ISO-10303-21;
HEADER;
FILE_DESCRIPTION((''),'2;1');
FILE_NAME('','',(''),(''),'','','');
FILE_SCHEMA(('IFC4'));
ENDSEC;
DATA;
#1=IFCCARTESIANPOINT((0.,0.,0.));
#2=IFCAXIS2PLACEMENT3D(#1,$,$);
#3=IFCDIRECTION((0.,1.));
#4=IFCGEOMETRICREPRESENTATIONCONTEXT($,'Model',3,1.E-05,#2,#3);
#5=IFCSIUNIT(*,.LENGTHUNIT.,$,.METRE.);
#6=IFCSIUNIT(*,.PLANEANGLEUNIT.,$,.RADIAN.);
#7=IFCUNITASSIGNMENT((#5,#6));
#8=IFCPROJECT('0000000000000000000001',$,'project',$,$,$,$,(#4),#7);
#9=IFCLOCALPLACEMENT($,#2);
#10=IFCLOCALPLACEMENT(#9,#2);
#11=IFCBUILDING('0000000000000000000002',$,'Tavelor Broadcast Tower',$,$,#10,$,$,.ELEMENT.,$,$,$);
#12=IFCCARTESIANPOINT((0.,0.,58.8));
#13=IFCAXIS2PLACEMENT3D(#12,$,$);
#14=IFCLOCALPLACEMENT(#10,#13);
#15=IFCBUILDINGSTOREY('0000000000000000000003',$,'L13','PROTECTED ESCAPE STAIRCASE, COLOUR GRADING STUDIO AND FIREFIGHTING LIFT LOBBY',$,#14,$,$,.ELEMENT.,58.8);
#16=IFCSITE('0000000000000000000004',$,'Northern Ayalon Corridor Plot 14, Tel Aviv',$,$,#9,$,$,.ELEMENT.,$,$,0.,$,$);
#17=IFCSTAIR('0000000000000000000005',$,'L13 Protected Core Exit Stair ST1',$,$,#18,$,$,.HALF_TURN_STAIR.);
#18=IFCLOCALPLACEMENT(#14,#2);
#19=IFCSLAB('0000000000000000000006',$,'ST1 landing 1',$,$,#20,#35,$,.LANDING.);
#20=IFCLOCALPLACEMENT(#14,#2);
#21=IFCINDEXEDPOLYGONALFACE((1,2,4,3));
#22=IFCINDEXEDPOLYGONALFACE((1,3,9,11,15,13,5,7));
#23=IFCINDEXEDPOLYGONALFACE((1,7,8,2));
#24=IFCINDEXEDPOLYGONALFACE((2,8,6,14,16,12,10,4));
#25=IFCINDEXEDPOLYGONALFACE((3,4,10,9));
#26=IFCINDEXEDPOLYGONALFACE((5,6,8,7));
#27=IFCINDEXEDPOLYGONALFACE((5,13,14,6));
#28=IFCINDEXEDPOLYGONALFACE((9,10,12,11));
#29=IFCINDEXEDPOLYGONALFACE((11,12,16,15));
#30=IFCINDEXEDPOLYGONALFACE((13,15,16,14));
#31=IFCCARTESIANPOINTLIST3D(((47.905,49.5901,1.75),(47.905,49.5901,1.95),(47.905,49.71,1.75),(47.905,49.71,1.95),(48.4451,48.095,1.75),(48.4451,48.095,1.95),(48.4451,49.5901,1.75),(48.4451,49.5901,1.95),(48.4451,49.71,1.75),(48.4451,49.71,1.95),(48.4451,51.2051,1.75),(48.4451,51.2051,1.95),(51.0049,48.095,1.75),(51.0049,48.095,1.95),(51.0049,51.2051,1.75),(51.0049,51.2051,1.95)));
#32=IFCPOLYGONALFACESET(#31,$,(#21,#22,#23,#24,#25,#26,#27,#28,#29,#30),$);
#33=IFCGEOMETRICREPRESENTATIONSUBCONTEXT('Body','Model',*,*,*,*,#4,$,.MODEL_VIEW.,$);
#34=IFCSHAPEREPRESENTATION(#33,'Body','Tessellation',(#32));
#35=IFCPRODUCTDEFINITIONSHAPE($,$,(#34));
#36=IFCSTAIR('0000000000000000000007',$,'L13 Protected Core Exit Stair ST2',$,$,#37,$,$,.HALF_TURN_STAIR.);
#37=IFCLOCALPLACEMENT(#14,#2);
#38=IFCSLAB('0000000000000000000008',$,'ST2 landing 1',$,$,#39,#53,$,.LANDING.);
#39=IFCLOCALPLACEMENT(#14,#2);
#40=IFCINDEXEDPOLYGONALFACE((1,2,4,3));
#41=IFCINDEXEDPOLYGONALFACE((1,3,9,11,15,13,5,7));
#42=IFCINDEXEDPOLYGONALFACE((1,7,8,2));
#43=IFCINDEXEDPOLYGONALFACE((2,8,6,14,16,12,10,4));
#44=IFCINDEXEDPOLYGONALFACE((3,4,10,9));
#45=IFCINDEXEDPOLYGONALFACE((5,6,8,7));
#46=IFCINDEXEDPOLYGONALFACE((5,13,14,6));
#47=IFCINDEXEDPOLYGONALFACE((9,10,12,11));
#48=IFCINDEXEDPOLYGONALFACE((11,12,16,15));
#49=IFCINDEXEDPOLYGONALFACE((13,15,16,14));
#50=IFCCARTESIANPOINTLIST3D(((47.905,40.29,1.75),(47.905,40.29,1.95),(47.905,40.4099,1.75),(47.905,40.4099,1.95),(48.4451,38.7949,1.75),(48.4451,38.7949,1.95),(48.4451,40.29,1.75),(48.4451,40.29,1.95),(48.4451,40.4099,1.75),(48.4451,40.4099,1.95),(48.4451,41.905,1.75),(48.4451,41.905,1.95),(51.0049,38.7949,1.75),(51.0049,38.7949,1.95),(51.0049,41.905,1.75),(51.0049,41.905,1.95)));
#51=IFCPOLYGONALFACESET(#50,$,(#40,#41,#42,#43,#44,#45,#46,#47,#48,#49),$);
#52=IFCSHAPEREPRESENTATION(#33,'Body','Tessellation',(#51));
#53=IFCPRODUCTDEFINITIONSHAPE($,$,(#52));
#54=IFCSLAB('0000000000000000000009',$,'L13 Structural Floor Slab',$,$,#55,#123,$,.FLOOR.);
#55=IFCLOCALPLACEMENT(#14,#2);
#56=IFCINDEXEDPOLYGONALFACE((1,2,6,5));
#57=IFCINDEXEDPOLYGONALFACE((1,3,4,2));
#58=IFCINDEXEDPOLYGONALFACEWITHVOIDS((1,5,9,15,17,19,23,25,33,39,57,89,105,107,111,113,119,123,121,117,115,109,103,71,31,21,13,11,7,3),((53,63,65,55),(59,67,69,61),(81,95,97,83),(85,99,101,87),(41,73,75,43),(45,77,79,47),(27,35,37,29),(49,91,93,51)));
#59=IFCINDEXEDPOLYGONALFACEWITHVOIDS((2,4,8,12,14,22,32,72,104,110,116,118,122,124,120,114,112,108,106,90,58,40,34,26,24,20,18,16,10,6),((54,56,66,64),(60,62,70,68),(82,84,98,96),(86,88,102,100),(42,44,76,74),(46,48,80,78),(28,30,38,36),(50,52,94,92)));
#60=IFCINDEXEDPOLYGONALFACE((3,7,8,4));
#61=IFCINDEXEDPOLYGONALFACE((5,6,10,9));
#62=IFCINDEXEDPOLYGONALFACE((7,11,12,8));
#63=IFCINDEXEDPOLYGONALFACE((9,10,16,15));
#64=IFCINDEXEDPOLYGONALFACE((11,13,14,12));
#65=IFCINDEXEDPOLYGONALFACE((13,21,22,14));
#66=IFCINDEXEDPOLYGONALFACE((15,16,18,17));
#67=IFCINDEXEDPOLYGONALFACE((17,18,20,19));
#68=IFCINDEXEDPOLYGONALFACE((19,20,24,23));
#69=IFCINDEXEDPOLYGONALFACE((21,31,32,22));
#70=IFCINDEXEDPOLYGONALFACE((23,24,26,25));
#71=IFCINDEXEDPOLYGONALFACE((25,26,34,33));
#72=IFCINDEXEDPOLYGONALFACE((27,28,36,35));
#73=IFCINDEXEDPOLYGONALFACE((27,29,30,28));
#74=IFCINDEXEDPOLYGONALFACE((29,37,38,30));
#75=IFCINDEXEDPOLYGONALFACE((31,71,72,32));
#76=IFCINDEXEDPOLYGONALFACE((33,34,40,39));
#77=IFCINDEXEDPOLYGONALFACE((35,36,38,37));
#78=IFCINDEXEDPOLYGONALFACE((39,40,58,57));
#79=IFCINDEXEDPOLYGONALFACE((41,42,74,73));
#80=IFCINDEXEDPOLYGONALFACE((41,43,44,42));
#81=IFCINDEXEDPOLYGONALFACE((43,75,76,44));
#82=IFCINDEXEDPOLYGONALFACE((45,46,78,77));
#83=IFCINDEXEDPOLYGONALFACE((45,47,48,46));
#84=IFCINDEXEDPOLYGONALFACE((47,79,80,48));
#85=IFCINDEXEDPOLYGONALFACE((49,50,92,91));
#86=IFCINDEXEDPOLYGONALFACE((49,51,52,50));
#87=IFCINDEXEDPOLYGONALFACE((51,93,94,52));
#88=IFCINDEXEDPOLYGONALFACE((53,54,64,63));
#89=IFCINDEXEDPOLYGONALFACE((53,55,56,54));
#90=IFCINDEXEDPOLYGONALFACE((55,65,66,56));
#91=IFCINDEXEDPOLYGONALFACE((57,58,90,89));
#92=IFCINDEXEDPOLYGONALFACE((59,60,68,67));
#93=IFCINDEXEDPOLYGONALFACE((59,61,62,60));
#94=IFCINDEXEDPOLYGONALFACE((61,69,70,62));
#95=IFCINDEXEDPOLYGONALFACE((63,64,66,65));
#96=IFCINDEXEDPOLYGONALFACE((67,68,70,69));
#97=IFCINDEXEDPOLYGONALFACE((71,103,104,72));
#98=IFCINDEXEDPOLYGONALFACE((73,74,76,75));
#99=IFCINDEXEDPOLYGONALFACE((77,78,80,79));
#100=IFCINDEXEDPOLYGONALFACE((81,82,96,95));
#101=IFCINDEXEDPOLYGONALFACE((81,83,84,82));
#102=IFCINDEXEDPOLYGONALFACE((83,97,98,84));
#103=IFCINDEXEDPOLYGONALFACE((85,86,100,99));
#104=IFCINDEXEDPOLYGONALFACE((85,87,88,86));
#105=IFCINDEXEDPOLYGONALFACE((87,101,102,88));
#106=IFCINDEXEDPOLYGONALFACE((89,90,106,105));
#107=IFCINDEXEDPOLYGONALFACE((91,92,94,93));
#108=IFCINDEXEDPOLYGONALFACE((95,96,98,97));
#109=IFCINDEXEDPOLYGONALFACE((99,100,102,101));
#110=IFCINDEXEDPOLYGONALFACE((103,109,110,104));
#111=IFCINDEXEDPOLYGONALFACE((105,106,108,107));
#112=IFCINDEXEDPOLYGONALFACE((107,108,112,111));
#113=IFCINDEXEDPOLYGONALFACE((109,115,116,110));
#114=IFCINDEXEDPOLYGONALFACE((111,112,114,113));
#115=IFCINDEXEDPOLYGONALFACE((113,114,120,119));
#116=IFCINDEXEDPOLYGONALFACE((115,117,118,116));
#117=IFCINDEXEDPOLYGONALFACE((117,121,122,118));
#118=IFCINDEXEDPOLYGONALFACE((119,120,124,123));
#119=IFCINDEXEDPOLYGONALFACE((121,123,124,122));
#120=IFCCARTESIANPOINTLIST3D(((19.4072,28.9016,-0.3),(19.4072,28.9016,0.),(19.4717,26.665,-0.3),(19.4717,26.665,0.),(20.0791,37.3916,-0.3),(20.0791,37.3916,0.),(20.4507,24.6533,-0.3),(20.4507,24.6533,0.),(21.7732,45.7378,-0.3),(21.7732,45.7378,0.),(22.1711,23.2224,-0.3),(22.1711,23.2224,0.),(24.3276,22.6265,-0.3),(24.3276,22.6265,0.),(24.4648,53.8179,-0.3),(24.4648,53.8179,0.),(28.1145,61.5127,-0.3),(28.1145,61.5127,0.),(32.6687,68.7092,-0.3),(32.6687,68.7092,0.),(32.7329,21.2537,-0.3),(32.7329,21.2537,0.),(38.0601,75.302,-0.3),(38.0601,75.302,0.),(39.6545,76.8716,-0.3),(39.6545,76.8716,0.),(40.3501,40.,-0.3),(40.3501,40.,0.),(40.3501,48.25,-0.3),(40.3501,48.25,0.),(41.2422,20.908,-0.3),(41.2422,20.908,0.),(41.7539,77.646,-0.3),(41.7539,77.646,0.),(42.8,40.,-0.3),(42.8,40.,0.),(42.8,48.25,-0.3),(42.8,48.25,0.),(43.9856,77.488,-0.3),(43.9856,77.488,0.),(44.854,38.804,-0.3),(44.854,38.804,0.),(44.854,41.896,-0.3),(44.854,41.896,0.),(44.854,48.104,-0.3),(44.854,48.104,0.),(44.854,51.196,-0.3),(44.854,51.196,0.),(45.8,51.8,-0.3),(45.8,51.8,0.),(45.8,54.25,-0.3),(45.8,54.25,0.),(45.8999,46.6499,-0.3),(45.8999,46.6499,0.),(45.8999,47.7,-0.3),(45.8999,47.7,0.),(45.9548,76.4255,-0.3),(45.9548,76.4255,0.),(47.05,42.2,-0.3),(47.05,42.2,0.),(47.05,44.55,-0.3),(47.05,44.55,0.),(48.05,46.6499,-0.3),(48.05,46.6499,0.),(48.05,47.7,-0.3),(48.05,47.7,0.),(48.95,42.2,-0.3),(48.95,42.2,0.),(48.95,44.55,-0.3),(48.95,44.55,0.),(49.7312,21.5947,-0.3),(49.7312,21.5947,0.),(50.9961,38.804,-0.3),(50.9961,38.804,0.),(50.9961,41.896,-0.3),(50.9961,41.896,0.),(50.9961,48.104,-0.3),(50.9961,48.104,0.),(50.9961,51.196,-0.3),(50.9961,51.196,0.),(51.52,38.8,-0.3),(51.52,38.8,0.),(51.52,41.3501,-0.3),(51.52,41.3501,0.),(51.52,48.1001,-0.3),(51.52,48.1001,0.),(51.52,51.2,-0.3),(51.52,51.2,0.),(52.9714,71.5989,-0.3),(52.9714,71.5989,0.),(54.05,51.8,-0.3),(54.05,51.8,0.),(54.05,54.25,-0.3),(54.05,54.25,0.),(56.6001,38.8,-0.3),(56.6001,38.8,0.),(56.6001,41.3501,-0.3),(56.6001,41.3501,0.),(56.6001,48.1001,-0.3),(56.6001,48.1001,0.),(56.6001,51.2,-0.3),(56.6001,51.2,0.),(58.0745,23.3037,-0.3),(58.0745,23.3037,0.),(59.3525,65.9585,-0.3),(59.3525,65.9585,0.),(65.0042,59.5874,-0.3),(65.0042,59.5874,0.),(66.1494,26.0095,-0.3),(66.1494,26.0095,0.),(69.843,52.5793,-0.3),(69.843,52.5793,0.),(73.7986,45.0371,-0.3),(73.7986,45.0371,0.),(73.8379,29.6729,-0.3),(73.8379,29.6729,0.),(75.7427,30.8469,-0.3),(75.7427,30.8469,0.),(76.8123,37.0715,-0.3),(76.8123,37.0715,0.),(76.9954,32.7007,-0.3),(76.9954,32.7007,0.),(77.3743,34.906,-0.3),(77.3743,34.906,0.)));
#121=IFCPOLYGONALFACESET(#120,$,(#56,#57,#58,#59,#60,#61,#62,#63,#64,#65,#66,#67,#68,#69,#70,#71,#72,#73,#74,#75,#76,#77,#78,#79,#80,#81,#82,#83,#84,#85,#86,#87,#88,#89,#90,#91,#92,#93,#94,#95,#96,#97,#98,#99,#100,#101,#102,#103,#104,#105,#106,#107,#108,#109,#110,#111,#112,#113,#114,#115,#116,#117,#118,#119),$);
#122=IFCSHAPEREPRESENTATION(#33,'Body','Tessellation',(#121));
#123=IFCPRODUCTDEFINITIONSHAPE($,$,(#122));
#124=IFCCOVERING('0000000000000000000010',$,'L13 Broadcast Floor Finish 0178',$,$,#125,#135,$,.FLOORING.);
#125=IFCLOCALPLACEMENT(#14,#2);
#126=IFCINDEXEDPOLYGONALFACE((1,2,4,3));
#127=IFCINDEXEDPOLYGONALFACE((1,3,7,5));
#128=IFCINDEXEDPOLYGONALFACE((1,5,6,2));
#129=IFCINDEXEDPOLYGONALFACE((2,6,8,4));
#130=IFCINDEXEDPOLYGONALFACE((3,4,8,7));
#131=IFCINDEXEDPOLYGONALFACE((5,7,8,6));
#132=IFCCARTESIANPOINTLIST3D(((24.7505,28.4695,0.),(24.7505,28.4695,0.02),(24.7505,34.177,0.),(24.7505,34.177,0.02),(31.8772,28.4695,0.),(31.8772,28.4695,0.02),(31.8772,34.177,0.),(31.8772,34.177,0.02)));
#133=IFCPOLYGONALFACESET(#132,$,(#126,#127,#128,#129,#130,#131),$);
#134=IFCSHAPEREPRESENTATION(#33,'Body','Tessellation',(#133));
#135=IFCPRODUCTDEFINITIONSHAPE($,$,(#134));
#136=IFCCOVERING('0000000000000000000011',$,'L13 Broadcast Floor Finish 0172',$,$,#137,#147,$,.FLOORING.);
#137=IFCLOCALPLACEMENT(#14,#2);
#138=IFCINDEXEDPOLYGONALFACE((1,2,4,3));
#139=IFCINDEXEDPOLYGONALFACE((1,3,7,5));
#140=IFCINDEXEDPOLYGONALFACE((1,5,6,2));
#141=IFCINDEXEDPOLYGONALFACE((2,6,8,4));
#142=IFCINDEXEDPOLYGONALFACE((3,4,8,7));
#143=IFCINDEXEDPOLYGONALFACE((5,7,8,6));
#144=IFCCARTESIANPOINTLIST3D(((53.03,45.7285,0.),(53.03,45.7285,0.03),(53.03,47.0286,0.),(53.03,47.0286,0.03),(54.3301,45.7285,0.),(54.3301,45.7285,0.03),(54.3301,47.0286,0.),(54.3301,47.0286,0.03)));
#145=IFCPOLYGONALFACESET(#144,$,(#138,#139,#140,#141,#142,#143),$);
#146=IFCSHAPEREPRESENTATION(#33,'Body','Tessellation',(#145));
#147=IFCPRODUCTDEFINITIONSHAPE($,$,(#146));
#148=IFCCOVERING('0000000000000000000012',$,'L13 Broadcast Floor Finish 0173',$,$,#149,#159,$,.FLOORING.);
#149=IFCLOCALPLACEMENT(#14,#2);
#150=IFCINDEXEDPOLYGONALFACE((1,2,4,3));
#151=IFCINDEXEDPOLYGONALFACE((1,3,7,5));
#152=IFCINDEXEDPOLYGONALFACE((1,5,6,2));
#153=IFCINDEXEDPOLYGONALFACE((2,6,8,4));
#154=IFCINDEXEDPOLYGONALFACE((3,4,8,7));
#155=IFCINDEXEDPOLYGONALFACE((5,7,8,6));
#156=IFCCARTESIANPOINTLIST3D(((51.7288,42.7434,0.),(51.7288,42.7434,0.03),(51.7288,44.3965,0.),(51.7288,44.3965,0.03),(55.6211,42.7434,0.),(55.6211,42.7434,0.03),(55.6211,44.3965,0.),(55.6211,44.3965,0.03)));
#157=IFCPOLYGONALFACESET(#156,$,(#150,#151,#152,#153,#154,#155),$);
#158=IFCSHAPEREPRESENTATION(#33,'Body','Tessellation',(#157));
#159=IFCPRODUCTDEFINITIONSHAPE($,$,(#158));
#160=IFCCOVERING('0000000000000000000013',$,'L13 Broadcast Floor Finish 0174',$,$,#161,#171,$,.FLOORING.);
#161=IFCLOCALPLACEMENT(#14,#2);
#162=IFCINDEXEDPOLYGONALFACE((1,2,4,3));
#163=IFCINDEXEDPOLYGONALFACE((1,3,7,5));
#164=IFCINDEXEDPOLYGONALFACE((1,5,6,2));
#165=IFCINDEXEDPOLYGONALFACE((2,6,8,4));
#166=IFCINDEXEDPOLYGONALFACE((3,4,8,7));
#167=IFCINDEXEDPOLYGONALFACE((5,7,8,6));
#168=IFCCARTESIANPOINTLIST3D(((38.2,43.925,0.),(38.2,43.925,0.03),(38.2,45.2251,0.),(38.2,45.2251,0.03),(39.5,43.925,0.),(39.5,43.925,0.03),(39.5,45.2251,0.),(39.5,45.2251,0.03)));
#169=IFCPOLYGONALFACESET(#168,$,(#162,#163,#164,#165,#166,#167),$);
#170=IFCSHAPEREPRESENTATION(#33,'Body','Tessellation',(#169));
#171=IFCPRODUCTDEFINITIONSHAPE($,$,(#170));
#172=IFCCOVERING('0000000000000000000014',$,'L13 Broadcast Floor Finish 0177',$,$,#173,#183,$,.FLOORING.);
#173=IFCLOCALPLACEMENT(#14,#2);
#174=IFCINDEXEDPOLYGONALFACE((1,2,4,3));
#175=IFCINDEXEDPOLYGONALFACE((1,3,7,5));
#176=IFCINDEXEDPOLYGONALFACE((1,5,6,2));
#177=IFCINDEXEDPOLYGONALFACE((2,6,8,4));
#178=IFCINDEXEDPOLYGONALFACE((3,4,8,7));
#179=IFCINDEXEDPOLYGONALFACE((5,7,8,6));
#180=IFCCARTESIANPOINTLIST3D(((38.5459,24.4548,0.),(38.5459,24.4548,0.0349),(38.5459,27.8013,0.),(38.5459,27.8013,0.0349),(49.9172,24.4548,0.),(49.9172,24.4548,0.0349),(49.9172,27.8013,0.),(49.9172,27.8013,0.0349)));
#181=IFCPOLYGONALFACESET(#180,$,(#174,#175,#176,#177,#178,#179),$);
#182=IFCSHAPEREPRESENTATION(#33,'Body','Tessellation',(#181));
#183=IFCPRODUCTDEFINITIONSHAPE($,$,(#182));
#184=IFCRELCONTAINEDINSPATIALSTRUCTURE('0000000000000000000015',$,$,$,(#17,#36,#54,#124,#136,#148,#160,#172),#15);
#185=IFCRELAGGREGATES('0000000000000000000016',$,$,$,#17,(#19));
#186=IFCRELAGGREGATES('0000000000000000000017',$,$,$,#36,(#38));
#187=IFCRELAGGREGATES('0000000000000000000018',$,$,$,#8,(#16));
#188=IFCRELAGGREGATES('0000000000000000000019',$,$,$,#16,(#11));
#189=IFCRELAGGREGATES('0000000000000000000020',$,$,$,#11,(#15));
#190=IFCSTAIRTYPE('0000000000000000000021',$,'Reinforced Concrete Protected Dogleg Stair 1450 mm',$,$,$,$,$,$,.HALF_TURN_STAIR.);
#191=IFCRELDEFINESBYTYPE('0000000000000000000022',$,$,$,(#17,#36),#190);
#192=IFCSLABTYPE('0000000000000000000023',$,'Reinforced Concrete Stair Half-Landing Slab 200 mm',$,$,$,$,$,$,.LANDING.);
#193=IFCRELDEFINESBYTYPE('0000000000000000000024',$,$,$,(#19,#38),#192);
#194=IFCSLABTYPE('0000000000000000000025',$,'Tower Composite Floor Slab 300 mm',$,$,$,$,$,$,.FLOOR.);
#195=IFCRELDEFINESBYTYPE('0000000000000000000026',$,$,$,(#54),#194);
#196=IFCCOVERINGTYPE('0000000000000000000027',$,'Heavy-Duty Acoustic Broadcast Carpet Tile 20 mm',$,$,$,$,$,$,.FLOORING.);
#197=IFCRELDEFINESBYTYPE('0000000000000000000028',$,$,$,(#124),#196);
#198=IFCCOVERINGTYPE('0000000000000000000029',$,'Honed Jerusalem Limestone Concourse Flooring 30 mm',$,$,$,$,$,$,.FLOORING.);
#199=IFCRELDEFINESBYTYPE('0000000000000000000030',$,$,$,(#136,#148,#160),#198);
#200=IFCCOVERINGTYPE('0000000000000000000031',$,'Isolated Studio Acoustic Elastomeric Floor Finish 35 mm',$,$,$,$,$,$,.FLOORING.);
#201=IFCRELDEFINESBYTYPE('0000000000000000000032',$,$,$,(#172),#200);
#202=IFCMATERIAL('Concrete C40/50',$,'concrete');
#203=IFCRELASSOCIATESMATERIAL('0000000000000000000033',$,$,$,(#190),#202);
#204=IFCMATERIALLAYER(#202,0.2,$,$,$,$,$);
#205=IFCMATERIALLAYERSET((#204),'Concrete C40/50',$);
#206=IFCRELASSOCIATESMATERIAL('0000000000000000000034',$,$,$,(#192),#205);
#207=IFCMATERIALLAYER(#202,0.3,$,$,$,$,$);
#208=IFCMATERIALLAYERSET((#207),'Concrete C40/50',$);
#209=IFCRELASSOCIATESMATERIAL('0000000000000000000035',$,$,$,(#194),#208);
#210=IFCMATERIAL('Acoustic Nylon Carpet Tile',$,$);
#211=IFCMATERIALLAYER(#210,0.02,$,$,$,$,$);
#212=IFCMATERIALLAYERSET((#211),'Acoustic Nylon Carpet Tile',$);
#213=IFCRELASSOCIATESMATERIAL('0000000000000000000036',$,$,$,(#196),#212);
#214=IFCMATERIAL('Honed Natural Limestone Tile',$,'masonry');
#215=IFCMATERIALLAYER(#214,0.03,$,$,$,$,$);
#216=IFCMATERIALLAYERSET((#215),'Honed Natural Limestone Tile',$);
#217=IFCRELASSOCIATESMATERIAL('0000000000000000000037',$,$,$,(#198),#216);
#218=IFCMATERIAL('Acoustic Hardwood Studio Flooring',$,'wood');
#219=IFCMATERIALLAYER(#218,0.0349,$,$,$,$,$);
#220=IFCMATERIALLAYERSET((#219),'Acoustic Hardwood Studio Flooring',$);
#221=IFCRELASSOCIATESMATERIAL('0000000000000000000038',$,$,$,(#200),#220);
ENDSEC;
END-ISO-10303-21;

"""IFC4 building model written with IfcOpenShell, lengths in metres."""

from ifc_helpers import new_model, si_unit, direction, frame, origin, place, context, subcontext, project, spatial, polyline, outline, extrude, material, layer, layer_set, type_object, element, aggregate, save


model = new_model("IFC4")

# Units and contexts
model_context = context("Model", 3, precision=1e-05, world=origin(), true_north=direction((0.0, 1.0)))
body_context = subcontext(model_context, "Body", "Model", "MODEL_VIEW")
ifc_project = project(units=[si_unit("LENGTHUNIT", "METRE"), si_unit("PLANEANGLEUNIT", "RADIAN")], contexts=[model_context])

# Site, building, storey
site_placement = place(None, origin())
site = spatial("IfcSite", under=ifc_project, at=site_placement, Name="Northern Ayalon Corridor Plot 14, Tel Aviv", CompositionType="ELEMENT", RefElevation=0.0)
building_placement = place(site_placement, origin())
building = spatial("IfcBuilding", under=site, at=building_placement, Name="Tavelor Broadcast Tower", CompositionType="ELEMENT")
storey_placement = place(building_placement, frame((0.0, 0.0, 58.8)))
storey = spatial("IfcBuildingStorey", under=building, at=storey_placement, Name="L13", Description="PROTECTED ESCAPE STAIRCASE, COLOUR GRADING STUDIO AND FIREFIGHTING LIFT LOBBY", CompositionType="ELEMENT", Elevation=58.8)

# Stairs, slabs
ifc_material_1 = material(Name="Concrete C40/50", Category="concrete")
stair_type = type_object("IfcStairType", Name="Reinforced Concrete Protected Dogleg Stair 1450 mm", PredefinedType="HALF_TURN_STAIR", material=ifc_material_1)
stair_1_placement = place(storey_placement, origin())
stair_1 = element("IfcStair", 1, at=stair_1_placement, inside=storey, type_object=stair_type, Name="L13 Protected Core Exit Stair ST1", PredefinedType="HALF_TURN_STAIR")
ifc_layer_1 = layer(ifc_material_1, 0.2)
ifc_layer_set_1 = layer_set([ifc_layer_1], Name="Concrete C40/50")
slab_type_1 = type_object("IfcSlabType", Name="Reinforced Concrete Stair Half-Landing Slab 200 mm", PredefinedType="LANDING", material=ifc_layer_set_1)
slab_1_placement = place(storey_placement, frame((0.0, 0.0, 1.75)))
slab_1 = element("IfcSlab", 2, at=slab_1_placement, type_object=slab_type_1, Name="ST1 landing 1", PredefinedType="LANDING", context=body_context, shape_type="SweptSolid", body=[
    extrude(outline(polyline([(48.4451, 49.5901), (48.4451, 48.095), (51.0049, 48.095), (51.0049, 51.2051), (48.4451, 51.2051), (48.4451, 49.71), (47.905, 49.71), (47.905, 49.5901), (48.4451, 49.5901)])), origin(), (0.0, 0.0, 1.0), 0.2),
])
aggregate(stair_1, [slab_1])
stair_2_placement = place(storey_placement, origin())
stair_2 = element("IfcStair", 3, at=stair_2_placement, inside=storey, type_object=stair_type, Name="L13 Protected Core Exit Stair ST2", PredefinedType="HALF_TURN_STAIR")
slab_2_placement = place(storey_placement, frame((0.0, 0.0, 1.75)))
slab_2 = element("IfcSlab", 4, at=slab_2_placement, type_object=slab_type_1, Name="ST2 landing 1", PredefinedType="LANDING", context=body_context, shape_type="SweptSolid", body=[
    extrude(outline(polyline([(48.4451, 40.29), (48.4451, 38.7949), (51.0049, 38.7949), (51.0049, 41.905), (48.4451, 41.905), (48.4451, 40.4099), (47.905, 40.4099), (47.905, 40.29), (48.4451, 40.29)])), origin(), (0.0, 0.0, 1.0), 0.2),
])
aggregate(stair_2, [slab_2])

# Slab
ifc_layer_2 = layer(ifc_material_1, 0.3)
ifc_layer_set_2 = layer_set([ifc_layer_2], Name="Concrete C40/50")
slab_type_2 = type_object("IfcSlabType", Name="Tower Composite Floor Slab 300 mm", PredefinedType="FLOOR", material=ifc_layer_set_2)
slab_3_placement = place(storey_placement, frame((0.0, 0.0, -0.3)))
element("IfcSlab", 5, at=slab_3_placement, inside=storey, type_object=slab_type_2, Name="L13 Structural Floor Slab", PredefinedType="FLOOR", context=body_context, shape_type="SweptSolid", body=[
    extrude(outline(polyline([(45.9548, 76.4255), (43.9856, 77.488), (41.7539, 77.646), (39.6545, 76.8716), (38.0601, 75.302), (32.6687, 68.7092), (28.1145, 61.5127), (24.4648, 53.8179), (21.7732, 45.7378), (20.0791, 37.3916), (19.4072, 28.9016), (19.4717, 26.665), (20.4507, 24.6533), (22.1711, 23.2224), (24.3276, 22.6265), (32.7329, 21.2537), (41.2422, 20.908), (49.7312, 21.5947), (58.0745, 23.3037), (66.1494, 26.0095), (73.8379, 29.6729), (75.7427, 30.8469), (76.9954, 32.7007), (77.3743, 34.906), (76.8123, 37.0715), (73.7986, 45.0371), (69.843, 52.5793), (65.0042, 59.5874), (59.3525, 65.9585), (52.9714, 71.5989), (45.9548, 76.4255)]), holes=[polyline([(56.6001, 38.8), (51.52, 38.8), (51.52, 41.3501), (56.6001, 41.3501), (56.6001, 38.8)]), polyline([(50.9961, 38.804), (44.854, 38.804), (44.854, 41.896), (50.9961, 41.896), (50.9961, 38.804)]), polyline([(47.05, 42.2), (47.05, 44.55), (48.95, 44.55), (48.95, 42.2), (47.05, 42.2)]), polyline([(40.3501, 40.0), (40.3501, 48.25), (42.8, 48.25), (42.8, 40.0), (40.3501, 40.0)]), polyline([(48.05, 46.6499), (45.8999, 46.6499), (45.8999, 47.7), (48.05, 47.7), (48.05, 46.6499)]), polyline([(50.9961, 48.104), (44.854, 48.104), (44.854, 51.196), (50.9961, 51.196), (50.9961, 48.104)]), polyline([(56.6001, 48.1001), (51.52, 48.1001), (51.52, 51.2), (56.6001, 51.2), (56.6001, 48.1001)]), polyline([(54.05, 51.8), (45.8, 51.8), (45.8, 54.25), (54.05, 54.25), (54.05, 51.8)])]), origin(), (0.0, 0.0, 1.0), 0.3),
])

# Coverings
ifc_material_2 = material(Name="Acoustic Nylon Carpet Tile")
ifc_layer_3 = layer(ifc_material_2, 0.02)
ifc_layer_set_3 = layer_set([ifc_layer_3], Name="Acoustic Nylon Carpet Tile")
covering_type_1 = type_object("IfcCoveringType", Name="Heavy-Duty Acoustic Broadcast Carpet Tile 20 mm", PredefinedType="FLOORING", material=ifc_layer_set_3)
covering_1_placement = place(storey_placement, origin())
element("IfcCovering", 6, at=covering_1_placement, inside=storey, type_object=covering_type_1, Name="L13 Broadcast Floor Finish 0178", PredefinedType="FLOORING", context=body_context, shape_type="SweptSolid", body=[
    extrude(outline(polyline([(24.7505, 28.4695), (31.8772, 28.4695), (31.8772, 34.177), (24.7505, 34.177), (24.7505, 28.4695)])), origin(), (0.0, 0.0, 1.0), 0.02),
])
ifc_material_3 = material(Name="Honed Natural Limestone Tile", Category="masonry")
ifc_layer_4 = layer(ifc_material_3, 0.03)
ifc_layer_set_4 = layer_set([ifc_layer_4], Name="Honed Natural Limestone Tile")
covering_type_2 = type_object("IfcCoveringType", Name="Honed Jerusalem Limestone Concourse Flooring 30 mm", PredefinedType="FLOORING", material=ifc_layer_set_4)
covering_2_placement = place(storey_placement, origin())
element("IfcCovering", 7, at=covering_2_placement, inside=storey, type_object=covering_type_2, Name="L13 Broadcast Floor Finish 0172", PredefinedType="FLOORING", context=body_context, shape_type="SweptSolid", body=[
    extrude(outline(polyline([(53.03, 45.7285), (54.3301, 45.7285), (54.3301, 47.0286), (53.03, 47.0286), (53.03, 45.7285)])), origin(), (0.0, 0.0, 1.0), 0.03),
])
covering_3_placement = place(storey_placement, origin())
element("IfcCovering", 8, at=covering_3_placement, inside=storey, type_object=covering_type_2, Name="L13 Broadcast Floor Finish 0173", PredefinedType="FLOORING", context=body_context, shape_type="SweptSolid", body=[
    extrude(outline(polyline([(51.7288, 42.7434), (55.6211, 42.7434), (55.6211, 44.3965), (51.7288, 44.3965), (51.7288, 42.7434)])), origin(), (0.0, 0.0, 1.0), 0.03),
])
covering_4_placement = place(storey_placement, origin())
element("IfcCovering", 9, at=covering_4_placement, inside=storey, type_object=covering_type_2, Name="L13 Broadcast Floor Finish 0174", PredefinedType="FLOORING", context=body_context, shape_type="SweptSolid", body=[
    extrude(outline(polyline([(38.2, 43.925), (39.5, 43.925), (39.5, 45.2251), (38.2, 45.2251), (38.2, 43.925)])), origin(), (0.0, 0.0, 1.0), 0.03),
])
ifc_material_4 = material(Name="Acoustic Hardwood Studio Flooring", Category="wood")
ifc_layer_5 = layer(ifc_material_4, 0.0349)
ifc_layer_set_5 = layer_set([ifc_layer_5], Name="Acoustic Hardwood Studio Flooring")
covering_type_3 = type_object("IfcCoveringType", Name="Isolated Studio Acoustic Elastomeric Floor Finish 35 mm", PredefinedType="FLOORING", material=ifc_layer_set_5)
covering_5_placement = place(storey_placement, origin())
element("IfcCovering", 10, at=covering_5_placement, inside=storey, type_object=covering_type_3, Name="L13 Broadcast Floor Finish 0177", PredefinedType="FLOORING", context=body_context, shape_type="SweptSolid", body=[
    extrude(outline(polyline([(38.5459, 24.4548), (49.9172, 24.4548), (49.9172, 27.8013), (38.5459, 27.8013), (38.5459, 24.4548)])), origin(), (0.0, 0.0, 1.0), 0.0349),
])

save(model, "model.ifc")
